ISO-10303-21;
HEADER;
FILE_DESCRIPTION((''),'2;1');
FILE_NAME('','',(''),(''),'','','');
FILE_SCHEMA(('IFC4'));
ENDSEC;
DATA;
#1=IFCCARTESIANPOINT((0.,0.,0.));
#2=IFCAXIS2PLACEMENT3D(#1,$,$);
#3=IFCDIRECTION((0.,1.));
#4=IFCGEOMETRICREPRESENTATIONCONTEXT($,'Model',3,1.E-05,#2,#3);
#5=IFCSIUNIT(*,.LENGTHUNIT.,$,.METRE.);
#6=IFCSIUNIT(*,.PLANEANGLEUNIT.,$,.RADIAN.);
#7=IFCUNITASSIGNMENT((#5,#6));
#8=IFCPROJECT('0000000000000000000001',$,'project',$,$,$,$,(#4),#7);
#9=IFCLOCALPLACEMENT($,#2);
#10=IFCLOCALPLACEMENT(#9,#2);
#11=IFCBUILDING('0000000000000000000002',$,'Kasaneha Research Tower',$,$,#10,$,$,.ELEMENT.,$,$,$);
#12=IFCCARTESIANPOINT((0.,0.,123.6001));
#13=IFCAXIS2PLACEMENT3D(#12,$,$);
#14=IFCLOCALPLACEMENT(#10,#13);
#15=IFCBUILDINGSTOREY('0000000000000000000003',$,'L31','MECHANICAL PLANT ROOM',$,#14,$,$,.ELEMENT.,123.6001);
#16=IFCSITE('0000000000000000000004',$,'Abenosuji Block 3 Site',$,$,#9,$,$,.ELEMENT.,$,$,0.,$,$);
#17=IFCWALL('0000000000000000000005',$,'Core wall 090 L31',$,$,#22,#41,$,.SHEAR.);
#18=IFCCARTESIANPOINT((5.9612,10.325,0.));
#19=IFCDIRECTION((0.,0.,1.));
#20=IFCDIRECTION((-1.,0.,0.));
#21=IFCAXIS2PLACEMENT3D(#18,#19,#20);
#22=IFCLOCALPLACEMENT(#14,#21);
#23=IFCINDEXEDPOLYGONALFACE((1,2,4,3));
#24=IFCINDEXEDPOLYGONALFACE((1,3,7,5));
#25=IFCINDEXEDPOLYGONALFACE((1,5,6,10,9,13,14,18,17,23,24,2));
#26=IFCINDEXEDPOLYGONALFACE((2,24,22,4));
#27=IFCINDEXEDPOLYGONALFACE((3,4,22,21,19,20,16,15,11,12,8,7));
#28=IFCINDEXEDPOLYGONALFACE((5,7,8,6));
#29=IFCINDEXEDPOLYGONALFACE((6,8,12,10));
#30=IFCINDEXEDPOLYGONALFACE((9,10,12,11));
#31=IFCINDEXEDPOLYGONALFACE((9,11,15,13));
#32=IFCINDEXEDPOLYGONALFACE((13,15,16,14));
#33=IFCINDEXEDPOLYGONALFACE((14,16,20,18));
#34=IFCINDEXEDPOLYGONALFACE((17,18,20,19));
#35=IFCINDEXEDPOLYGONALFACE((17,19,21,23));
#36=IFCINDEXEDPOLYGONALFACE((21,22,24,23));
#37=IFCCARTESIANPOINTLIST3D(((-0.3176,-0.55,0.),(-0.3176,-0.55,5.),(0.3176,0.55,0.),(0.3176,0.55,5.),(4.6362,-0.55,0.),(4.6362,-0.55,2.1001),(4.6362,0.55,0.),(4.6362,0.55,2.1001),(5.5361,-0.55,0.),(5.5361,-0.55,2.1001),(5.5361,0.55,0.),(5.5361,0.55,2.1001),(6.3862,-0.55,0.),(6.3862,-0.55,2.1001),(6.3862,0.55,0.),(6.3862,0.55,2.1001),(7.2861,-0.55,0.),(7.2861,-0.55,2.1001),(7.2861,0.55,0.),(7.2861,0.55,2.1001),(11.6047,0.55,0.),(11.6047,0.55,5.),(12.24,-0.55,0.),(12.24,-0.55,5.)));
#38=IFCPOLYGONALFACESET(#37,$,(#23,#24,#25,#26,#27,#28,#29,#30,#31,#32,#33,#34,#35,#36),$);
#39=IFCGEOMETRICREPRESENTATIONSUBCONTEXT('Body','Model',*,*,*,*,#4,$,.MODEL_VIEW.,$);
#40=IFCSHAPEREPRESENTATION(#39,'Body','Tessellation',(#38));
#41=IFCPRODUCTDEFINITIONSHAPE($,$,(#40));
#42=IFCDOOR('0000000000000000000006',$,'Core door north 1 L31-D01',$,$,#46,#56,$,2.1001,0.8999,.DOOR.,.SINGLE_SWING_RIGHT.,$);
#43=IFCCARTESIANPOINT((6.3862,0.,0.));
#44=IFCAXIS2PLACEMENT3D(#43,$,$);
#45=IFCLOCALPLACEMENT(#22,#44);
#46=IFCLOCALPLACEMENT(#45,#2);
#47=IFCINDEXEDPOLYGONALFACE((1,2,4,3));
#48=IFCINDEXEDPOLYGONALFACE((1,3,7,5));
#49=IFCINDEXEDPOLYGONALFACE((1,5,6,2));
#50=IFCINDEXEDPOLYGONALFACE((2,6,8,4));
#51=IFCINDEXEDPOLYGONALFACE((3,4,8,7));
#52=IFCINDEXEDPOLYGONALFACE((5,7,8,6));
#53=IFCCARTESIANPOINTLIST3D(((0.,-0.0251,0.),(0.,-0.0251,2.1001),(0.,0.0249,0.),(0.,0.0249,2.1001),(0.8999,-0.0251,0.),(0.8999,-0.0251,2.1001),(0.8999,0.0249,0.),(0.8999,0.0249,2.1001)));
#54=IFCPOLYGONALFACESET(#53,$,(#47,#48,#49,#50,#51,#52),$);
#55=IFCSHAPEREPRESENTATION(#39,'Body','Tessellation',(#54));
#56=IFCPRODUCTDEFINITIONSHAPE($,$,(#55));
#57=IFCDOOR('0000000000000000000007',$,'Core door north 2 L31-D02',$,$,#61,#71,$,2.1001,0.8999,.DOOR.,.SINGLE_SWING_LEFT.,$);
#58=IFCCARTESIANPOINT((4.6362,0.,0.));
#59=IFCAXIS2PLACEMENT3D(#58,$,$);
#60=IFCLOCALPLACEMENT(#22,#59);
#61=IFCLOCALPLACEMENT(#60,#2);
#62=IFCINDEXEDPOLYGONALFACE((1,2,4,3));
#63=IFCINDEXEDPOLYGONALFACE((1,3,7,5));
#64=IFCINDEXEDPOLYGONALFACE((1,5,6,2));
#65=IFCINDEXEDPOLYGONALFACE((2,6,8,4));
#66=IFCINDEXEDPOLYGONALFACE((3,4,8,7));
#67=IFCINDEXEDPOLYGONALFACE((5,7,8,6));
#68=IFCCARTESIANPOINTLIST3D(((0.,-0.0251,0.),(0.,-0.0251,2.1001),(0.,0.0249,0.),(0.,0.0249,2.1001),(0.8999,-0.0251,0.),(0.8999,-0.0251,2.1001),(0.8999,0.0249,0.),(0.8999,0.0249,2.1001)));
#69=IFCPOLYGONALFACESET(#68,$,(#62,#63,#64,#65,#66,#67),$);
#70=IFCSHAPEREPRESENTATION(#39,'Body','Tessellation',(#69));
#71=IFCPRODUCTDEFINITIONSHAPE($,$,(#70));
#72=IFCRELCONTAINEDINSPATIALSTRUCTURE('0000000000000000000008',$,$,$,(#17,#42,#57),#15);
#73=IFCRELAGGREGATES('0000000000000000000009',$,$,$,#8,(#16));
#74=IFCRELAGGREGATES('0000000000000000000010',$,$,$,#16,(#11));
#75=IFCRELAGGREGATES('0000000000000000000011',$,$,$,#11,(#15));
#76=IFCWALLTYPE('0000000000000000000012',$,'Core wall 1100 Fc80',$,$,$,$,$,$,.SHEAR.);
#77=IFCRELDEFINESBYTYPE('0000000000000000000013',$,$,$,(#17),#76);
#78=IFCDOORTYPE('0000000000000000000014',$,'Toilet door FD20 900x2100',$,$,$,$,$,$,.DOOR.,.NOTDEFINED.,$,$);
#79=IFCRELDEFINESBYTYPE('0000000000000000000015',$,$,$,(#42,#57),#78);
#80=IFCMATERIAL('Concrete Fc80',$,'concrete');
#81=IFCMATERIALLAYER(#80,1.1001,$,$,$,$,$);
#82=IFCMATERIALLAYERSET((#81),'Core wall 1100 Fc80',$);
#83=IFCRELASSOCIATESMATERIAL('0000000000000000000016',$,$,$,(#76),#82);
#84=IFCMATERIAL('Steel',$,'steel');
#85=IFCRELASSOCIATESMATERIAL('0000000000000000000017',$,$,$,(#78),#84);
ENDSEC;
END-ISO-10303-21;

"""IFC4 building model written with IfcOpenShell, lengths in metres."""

from ifc_helpers import new_model, si_unit, direction, frame, frame_2d, origin, place, context, subcontext, project, spatial, polyline, rectangle, outline, extrude, material, layer, layer_set, type_object, element, fill, save


model = new_model("IFC4")

# Units and contexts
model_context = context("Model", 3, precision=1e-05, world=origin(), true_north=direction((0.0, 1.0)))
body_context = subcontext(model_context, "Body", "Model", "MODEL_VIEW")
ifc_project = project(units=[si_unit("LENGTHUNIT", "METRE"), si_unit("PLANEANGLEUNIT", "RADIAN")], contexts=[model_context])

# Site, building, storey
site_placement = place(None, origin())
site = spatial("IfcSite", under=ifc_project, at=site_placement, Name="Abenosuji Block 3 Site", CompositionType="ELEMENT", RefElevation=0.0)
building_placement = place(site_placement, origin())
building = spatial("IfcBuilding", under=site, at=building_placement, Name="Kasaneha Research Tower", CompositionType="ELEMENT")
storey_placement = place(building_placement, frame((0.0, 0.0, 123.6001)))
storey = spatial("IfcBuildingStorey", under=building, at=storey_placement, Name="L31", Description="MECHANICAL PLANT ROOM", CompositionType="ELEMENT", Elevation=123.6001)

# Wall, openings, doors
ifc_material_1 = material(Name="Concrete Fc80", Category="concrete")
ifc_layer_1 = layer(ifc_material_1, 1.1001)
ifc_layer_set_1 = layer_set([ifc_layer_1], Name="Core wall 1100 Fc80")
wall_type_1 = type_object("IfcWallType", Name="Core wall 1100 Fc80", PredefinedType="SHEAR", material=ifc_layer_set_1)
wall_1_placement = place(storey_placement, frame((5.9612, 10.325, 0.0), z_axis=(0.0, 0.0, 1.0), x_axis=(-1.0, 0.0, 0.0)))
wall_1 = element("IfcWall", 1, at=wall_1_placement, inside=storey, type_object=wall_type_1, Name="Core wall 090 L31", PredefinedType="SHEAR", context=body_context, shape_type="SweptSolid", body=[
    extrude(outline(polyline([(-0.3176, -0.55), (4.6362, -0.55), (5.5361, -0.55), (6.3862, -0.55), (7.2861, -0.55), (12.24, -0.55), (11.6047, 0.55), (7.2861, 0.55), (6.3862, 0.55), (5.5361, 0.55), (4.6362, 0.55), (0.3176, 0.55), (-0.3176, -0.55)])), origin(), (0.0, 0.0, 1.0), 5.0),
])
opening_1_placement = place(wall_1_placement, frame((6.3862, 0.0, 0.0)))
opening_1 = element("IfcOpeningElement", 2, at=opening_1_placement, cuts=wall_1, PredefinedType="OPENING", context=body_context, shape_type="SweptSolid", body=[
    extrude(rectangle(XDim=0.8999, YDim=2.1001, at=frame_2d((0.45, 1.05))), frame((0.0, 0.5601, 0.0), z_axis=(0.0, -1.0, 0.0), x_axis=(1.0, 0.0, 0.0)), (0.0, 0.0, 1.0), 1.1201),
])
opening_2_placement = place(wall_1_placement, frame((4.6362, 0.0, 0.0)))
opening_2 = element("IfcOpeningElement", 3, at=opening_2_placement, cuts=wall_1, PredefinedType="OPENING", context=body_context, shape_type="SweptSolid", body=[
    extrude(rectangle(XDim=0.8999, YDim=2.1001, at=frame_2d((0.45, 1.05))), frame((0.0, 0.5601, 0.0), z_axis=(0.0, -1.0, 0.0), x_axis=(1.0, 0.0, 0.0)), (0.0, 0.0, 1.0), 1.1201),
])
ifc_material_2 = material(Name="Steel", Category="steel")
door_type = type_object("IfcDoorType", Name="Toilet door FD20 900x2100", OperationType="NOTDEFINED", PredefinedType="DOOR", material=ifc_material_2)
door_1_placement = place(opening_1_placement, origin())
door_1 = element("IfcDoor", 4, at=door_1_placement, inside=storey, type_object=door_type, Name="Core door north 1 L31-D01", OperationType="SINGLE_SWING_RIGHT", OverallHeight=2.1001, OverallWidth=0.8999, PredefinedType="DOOR", context=body_context, shape_type="SweptSolid", body=[
    extrude(rectangle(XDim=0.8999, YDim=2.1001, at=frame_2d((0.45, 1.05))), frame((0.0, 0.0249, 0.0), z_axis=(0.0, -1.0, 0.0), x_axis=(1.0, 0.0, 0.0)), (0.0, 0.0, 1.0), 0.05),
])
fill(opening_1, door_1)
door_2_placement = place(opening_2_placement, origin())
door_2 = element("IfcDoor", 5, at=door_2_placement, inside=storey, type_object=door_type, Name="Core door north 2 L31-D02", OperationType="SINGLE_SWING_LEFT", OverallHeight=2.1001, OverallWidth=0.8999, PredefinedType="DOOR", context=body_context, shape_type="SweptSolid", body=[
    extrude(rectangle(XDim=0.8999, YDim=2.1001, at=frame_2d((0.45, 1.05))), frame((0.0, 0.0249, 0.0), z_axis=(0.0, -1.0, 0.0), x_axis=(1.0, 0.0, 0.0)), (0.0, 0.0, 1.0), 0.05),
])
fill(opening_2, door_2)

save(model, "model.ifc")
